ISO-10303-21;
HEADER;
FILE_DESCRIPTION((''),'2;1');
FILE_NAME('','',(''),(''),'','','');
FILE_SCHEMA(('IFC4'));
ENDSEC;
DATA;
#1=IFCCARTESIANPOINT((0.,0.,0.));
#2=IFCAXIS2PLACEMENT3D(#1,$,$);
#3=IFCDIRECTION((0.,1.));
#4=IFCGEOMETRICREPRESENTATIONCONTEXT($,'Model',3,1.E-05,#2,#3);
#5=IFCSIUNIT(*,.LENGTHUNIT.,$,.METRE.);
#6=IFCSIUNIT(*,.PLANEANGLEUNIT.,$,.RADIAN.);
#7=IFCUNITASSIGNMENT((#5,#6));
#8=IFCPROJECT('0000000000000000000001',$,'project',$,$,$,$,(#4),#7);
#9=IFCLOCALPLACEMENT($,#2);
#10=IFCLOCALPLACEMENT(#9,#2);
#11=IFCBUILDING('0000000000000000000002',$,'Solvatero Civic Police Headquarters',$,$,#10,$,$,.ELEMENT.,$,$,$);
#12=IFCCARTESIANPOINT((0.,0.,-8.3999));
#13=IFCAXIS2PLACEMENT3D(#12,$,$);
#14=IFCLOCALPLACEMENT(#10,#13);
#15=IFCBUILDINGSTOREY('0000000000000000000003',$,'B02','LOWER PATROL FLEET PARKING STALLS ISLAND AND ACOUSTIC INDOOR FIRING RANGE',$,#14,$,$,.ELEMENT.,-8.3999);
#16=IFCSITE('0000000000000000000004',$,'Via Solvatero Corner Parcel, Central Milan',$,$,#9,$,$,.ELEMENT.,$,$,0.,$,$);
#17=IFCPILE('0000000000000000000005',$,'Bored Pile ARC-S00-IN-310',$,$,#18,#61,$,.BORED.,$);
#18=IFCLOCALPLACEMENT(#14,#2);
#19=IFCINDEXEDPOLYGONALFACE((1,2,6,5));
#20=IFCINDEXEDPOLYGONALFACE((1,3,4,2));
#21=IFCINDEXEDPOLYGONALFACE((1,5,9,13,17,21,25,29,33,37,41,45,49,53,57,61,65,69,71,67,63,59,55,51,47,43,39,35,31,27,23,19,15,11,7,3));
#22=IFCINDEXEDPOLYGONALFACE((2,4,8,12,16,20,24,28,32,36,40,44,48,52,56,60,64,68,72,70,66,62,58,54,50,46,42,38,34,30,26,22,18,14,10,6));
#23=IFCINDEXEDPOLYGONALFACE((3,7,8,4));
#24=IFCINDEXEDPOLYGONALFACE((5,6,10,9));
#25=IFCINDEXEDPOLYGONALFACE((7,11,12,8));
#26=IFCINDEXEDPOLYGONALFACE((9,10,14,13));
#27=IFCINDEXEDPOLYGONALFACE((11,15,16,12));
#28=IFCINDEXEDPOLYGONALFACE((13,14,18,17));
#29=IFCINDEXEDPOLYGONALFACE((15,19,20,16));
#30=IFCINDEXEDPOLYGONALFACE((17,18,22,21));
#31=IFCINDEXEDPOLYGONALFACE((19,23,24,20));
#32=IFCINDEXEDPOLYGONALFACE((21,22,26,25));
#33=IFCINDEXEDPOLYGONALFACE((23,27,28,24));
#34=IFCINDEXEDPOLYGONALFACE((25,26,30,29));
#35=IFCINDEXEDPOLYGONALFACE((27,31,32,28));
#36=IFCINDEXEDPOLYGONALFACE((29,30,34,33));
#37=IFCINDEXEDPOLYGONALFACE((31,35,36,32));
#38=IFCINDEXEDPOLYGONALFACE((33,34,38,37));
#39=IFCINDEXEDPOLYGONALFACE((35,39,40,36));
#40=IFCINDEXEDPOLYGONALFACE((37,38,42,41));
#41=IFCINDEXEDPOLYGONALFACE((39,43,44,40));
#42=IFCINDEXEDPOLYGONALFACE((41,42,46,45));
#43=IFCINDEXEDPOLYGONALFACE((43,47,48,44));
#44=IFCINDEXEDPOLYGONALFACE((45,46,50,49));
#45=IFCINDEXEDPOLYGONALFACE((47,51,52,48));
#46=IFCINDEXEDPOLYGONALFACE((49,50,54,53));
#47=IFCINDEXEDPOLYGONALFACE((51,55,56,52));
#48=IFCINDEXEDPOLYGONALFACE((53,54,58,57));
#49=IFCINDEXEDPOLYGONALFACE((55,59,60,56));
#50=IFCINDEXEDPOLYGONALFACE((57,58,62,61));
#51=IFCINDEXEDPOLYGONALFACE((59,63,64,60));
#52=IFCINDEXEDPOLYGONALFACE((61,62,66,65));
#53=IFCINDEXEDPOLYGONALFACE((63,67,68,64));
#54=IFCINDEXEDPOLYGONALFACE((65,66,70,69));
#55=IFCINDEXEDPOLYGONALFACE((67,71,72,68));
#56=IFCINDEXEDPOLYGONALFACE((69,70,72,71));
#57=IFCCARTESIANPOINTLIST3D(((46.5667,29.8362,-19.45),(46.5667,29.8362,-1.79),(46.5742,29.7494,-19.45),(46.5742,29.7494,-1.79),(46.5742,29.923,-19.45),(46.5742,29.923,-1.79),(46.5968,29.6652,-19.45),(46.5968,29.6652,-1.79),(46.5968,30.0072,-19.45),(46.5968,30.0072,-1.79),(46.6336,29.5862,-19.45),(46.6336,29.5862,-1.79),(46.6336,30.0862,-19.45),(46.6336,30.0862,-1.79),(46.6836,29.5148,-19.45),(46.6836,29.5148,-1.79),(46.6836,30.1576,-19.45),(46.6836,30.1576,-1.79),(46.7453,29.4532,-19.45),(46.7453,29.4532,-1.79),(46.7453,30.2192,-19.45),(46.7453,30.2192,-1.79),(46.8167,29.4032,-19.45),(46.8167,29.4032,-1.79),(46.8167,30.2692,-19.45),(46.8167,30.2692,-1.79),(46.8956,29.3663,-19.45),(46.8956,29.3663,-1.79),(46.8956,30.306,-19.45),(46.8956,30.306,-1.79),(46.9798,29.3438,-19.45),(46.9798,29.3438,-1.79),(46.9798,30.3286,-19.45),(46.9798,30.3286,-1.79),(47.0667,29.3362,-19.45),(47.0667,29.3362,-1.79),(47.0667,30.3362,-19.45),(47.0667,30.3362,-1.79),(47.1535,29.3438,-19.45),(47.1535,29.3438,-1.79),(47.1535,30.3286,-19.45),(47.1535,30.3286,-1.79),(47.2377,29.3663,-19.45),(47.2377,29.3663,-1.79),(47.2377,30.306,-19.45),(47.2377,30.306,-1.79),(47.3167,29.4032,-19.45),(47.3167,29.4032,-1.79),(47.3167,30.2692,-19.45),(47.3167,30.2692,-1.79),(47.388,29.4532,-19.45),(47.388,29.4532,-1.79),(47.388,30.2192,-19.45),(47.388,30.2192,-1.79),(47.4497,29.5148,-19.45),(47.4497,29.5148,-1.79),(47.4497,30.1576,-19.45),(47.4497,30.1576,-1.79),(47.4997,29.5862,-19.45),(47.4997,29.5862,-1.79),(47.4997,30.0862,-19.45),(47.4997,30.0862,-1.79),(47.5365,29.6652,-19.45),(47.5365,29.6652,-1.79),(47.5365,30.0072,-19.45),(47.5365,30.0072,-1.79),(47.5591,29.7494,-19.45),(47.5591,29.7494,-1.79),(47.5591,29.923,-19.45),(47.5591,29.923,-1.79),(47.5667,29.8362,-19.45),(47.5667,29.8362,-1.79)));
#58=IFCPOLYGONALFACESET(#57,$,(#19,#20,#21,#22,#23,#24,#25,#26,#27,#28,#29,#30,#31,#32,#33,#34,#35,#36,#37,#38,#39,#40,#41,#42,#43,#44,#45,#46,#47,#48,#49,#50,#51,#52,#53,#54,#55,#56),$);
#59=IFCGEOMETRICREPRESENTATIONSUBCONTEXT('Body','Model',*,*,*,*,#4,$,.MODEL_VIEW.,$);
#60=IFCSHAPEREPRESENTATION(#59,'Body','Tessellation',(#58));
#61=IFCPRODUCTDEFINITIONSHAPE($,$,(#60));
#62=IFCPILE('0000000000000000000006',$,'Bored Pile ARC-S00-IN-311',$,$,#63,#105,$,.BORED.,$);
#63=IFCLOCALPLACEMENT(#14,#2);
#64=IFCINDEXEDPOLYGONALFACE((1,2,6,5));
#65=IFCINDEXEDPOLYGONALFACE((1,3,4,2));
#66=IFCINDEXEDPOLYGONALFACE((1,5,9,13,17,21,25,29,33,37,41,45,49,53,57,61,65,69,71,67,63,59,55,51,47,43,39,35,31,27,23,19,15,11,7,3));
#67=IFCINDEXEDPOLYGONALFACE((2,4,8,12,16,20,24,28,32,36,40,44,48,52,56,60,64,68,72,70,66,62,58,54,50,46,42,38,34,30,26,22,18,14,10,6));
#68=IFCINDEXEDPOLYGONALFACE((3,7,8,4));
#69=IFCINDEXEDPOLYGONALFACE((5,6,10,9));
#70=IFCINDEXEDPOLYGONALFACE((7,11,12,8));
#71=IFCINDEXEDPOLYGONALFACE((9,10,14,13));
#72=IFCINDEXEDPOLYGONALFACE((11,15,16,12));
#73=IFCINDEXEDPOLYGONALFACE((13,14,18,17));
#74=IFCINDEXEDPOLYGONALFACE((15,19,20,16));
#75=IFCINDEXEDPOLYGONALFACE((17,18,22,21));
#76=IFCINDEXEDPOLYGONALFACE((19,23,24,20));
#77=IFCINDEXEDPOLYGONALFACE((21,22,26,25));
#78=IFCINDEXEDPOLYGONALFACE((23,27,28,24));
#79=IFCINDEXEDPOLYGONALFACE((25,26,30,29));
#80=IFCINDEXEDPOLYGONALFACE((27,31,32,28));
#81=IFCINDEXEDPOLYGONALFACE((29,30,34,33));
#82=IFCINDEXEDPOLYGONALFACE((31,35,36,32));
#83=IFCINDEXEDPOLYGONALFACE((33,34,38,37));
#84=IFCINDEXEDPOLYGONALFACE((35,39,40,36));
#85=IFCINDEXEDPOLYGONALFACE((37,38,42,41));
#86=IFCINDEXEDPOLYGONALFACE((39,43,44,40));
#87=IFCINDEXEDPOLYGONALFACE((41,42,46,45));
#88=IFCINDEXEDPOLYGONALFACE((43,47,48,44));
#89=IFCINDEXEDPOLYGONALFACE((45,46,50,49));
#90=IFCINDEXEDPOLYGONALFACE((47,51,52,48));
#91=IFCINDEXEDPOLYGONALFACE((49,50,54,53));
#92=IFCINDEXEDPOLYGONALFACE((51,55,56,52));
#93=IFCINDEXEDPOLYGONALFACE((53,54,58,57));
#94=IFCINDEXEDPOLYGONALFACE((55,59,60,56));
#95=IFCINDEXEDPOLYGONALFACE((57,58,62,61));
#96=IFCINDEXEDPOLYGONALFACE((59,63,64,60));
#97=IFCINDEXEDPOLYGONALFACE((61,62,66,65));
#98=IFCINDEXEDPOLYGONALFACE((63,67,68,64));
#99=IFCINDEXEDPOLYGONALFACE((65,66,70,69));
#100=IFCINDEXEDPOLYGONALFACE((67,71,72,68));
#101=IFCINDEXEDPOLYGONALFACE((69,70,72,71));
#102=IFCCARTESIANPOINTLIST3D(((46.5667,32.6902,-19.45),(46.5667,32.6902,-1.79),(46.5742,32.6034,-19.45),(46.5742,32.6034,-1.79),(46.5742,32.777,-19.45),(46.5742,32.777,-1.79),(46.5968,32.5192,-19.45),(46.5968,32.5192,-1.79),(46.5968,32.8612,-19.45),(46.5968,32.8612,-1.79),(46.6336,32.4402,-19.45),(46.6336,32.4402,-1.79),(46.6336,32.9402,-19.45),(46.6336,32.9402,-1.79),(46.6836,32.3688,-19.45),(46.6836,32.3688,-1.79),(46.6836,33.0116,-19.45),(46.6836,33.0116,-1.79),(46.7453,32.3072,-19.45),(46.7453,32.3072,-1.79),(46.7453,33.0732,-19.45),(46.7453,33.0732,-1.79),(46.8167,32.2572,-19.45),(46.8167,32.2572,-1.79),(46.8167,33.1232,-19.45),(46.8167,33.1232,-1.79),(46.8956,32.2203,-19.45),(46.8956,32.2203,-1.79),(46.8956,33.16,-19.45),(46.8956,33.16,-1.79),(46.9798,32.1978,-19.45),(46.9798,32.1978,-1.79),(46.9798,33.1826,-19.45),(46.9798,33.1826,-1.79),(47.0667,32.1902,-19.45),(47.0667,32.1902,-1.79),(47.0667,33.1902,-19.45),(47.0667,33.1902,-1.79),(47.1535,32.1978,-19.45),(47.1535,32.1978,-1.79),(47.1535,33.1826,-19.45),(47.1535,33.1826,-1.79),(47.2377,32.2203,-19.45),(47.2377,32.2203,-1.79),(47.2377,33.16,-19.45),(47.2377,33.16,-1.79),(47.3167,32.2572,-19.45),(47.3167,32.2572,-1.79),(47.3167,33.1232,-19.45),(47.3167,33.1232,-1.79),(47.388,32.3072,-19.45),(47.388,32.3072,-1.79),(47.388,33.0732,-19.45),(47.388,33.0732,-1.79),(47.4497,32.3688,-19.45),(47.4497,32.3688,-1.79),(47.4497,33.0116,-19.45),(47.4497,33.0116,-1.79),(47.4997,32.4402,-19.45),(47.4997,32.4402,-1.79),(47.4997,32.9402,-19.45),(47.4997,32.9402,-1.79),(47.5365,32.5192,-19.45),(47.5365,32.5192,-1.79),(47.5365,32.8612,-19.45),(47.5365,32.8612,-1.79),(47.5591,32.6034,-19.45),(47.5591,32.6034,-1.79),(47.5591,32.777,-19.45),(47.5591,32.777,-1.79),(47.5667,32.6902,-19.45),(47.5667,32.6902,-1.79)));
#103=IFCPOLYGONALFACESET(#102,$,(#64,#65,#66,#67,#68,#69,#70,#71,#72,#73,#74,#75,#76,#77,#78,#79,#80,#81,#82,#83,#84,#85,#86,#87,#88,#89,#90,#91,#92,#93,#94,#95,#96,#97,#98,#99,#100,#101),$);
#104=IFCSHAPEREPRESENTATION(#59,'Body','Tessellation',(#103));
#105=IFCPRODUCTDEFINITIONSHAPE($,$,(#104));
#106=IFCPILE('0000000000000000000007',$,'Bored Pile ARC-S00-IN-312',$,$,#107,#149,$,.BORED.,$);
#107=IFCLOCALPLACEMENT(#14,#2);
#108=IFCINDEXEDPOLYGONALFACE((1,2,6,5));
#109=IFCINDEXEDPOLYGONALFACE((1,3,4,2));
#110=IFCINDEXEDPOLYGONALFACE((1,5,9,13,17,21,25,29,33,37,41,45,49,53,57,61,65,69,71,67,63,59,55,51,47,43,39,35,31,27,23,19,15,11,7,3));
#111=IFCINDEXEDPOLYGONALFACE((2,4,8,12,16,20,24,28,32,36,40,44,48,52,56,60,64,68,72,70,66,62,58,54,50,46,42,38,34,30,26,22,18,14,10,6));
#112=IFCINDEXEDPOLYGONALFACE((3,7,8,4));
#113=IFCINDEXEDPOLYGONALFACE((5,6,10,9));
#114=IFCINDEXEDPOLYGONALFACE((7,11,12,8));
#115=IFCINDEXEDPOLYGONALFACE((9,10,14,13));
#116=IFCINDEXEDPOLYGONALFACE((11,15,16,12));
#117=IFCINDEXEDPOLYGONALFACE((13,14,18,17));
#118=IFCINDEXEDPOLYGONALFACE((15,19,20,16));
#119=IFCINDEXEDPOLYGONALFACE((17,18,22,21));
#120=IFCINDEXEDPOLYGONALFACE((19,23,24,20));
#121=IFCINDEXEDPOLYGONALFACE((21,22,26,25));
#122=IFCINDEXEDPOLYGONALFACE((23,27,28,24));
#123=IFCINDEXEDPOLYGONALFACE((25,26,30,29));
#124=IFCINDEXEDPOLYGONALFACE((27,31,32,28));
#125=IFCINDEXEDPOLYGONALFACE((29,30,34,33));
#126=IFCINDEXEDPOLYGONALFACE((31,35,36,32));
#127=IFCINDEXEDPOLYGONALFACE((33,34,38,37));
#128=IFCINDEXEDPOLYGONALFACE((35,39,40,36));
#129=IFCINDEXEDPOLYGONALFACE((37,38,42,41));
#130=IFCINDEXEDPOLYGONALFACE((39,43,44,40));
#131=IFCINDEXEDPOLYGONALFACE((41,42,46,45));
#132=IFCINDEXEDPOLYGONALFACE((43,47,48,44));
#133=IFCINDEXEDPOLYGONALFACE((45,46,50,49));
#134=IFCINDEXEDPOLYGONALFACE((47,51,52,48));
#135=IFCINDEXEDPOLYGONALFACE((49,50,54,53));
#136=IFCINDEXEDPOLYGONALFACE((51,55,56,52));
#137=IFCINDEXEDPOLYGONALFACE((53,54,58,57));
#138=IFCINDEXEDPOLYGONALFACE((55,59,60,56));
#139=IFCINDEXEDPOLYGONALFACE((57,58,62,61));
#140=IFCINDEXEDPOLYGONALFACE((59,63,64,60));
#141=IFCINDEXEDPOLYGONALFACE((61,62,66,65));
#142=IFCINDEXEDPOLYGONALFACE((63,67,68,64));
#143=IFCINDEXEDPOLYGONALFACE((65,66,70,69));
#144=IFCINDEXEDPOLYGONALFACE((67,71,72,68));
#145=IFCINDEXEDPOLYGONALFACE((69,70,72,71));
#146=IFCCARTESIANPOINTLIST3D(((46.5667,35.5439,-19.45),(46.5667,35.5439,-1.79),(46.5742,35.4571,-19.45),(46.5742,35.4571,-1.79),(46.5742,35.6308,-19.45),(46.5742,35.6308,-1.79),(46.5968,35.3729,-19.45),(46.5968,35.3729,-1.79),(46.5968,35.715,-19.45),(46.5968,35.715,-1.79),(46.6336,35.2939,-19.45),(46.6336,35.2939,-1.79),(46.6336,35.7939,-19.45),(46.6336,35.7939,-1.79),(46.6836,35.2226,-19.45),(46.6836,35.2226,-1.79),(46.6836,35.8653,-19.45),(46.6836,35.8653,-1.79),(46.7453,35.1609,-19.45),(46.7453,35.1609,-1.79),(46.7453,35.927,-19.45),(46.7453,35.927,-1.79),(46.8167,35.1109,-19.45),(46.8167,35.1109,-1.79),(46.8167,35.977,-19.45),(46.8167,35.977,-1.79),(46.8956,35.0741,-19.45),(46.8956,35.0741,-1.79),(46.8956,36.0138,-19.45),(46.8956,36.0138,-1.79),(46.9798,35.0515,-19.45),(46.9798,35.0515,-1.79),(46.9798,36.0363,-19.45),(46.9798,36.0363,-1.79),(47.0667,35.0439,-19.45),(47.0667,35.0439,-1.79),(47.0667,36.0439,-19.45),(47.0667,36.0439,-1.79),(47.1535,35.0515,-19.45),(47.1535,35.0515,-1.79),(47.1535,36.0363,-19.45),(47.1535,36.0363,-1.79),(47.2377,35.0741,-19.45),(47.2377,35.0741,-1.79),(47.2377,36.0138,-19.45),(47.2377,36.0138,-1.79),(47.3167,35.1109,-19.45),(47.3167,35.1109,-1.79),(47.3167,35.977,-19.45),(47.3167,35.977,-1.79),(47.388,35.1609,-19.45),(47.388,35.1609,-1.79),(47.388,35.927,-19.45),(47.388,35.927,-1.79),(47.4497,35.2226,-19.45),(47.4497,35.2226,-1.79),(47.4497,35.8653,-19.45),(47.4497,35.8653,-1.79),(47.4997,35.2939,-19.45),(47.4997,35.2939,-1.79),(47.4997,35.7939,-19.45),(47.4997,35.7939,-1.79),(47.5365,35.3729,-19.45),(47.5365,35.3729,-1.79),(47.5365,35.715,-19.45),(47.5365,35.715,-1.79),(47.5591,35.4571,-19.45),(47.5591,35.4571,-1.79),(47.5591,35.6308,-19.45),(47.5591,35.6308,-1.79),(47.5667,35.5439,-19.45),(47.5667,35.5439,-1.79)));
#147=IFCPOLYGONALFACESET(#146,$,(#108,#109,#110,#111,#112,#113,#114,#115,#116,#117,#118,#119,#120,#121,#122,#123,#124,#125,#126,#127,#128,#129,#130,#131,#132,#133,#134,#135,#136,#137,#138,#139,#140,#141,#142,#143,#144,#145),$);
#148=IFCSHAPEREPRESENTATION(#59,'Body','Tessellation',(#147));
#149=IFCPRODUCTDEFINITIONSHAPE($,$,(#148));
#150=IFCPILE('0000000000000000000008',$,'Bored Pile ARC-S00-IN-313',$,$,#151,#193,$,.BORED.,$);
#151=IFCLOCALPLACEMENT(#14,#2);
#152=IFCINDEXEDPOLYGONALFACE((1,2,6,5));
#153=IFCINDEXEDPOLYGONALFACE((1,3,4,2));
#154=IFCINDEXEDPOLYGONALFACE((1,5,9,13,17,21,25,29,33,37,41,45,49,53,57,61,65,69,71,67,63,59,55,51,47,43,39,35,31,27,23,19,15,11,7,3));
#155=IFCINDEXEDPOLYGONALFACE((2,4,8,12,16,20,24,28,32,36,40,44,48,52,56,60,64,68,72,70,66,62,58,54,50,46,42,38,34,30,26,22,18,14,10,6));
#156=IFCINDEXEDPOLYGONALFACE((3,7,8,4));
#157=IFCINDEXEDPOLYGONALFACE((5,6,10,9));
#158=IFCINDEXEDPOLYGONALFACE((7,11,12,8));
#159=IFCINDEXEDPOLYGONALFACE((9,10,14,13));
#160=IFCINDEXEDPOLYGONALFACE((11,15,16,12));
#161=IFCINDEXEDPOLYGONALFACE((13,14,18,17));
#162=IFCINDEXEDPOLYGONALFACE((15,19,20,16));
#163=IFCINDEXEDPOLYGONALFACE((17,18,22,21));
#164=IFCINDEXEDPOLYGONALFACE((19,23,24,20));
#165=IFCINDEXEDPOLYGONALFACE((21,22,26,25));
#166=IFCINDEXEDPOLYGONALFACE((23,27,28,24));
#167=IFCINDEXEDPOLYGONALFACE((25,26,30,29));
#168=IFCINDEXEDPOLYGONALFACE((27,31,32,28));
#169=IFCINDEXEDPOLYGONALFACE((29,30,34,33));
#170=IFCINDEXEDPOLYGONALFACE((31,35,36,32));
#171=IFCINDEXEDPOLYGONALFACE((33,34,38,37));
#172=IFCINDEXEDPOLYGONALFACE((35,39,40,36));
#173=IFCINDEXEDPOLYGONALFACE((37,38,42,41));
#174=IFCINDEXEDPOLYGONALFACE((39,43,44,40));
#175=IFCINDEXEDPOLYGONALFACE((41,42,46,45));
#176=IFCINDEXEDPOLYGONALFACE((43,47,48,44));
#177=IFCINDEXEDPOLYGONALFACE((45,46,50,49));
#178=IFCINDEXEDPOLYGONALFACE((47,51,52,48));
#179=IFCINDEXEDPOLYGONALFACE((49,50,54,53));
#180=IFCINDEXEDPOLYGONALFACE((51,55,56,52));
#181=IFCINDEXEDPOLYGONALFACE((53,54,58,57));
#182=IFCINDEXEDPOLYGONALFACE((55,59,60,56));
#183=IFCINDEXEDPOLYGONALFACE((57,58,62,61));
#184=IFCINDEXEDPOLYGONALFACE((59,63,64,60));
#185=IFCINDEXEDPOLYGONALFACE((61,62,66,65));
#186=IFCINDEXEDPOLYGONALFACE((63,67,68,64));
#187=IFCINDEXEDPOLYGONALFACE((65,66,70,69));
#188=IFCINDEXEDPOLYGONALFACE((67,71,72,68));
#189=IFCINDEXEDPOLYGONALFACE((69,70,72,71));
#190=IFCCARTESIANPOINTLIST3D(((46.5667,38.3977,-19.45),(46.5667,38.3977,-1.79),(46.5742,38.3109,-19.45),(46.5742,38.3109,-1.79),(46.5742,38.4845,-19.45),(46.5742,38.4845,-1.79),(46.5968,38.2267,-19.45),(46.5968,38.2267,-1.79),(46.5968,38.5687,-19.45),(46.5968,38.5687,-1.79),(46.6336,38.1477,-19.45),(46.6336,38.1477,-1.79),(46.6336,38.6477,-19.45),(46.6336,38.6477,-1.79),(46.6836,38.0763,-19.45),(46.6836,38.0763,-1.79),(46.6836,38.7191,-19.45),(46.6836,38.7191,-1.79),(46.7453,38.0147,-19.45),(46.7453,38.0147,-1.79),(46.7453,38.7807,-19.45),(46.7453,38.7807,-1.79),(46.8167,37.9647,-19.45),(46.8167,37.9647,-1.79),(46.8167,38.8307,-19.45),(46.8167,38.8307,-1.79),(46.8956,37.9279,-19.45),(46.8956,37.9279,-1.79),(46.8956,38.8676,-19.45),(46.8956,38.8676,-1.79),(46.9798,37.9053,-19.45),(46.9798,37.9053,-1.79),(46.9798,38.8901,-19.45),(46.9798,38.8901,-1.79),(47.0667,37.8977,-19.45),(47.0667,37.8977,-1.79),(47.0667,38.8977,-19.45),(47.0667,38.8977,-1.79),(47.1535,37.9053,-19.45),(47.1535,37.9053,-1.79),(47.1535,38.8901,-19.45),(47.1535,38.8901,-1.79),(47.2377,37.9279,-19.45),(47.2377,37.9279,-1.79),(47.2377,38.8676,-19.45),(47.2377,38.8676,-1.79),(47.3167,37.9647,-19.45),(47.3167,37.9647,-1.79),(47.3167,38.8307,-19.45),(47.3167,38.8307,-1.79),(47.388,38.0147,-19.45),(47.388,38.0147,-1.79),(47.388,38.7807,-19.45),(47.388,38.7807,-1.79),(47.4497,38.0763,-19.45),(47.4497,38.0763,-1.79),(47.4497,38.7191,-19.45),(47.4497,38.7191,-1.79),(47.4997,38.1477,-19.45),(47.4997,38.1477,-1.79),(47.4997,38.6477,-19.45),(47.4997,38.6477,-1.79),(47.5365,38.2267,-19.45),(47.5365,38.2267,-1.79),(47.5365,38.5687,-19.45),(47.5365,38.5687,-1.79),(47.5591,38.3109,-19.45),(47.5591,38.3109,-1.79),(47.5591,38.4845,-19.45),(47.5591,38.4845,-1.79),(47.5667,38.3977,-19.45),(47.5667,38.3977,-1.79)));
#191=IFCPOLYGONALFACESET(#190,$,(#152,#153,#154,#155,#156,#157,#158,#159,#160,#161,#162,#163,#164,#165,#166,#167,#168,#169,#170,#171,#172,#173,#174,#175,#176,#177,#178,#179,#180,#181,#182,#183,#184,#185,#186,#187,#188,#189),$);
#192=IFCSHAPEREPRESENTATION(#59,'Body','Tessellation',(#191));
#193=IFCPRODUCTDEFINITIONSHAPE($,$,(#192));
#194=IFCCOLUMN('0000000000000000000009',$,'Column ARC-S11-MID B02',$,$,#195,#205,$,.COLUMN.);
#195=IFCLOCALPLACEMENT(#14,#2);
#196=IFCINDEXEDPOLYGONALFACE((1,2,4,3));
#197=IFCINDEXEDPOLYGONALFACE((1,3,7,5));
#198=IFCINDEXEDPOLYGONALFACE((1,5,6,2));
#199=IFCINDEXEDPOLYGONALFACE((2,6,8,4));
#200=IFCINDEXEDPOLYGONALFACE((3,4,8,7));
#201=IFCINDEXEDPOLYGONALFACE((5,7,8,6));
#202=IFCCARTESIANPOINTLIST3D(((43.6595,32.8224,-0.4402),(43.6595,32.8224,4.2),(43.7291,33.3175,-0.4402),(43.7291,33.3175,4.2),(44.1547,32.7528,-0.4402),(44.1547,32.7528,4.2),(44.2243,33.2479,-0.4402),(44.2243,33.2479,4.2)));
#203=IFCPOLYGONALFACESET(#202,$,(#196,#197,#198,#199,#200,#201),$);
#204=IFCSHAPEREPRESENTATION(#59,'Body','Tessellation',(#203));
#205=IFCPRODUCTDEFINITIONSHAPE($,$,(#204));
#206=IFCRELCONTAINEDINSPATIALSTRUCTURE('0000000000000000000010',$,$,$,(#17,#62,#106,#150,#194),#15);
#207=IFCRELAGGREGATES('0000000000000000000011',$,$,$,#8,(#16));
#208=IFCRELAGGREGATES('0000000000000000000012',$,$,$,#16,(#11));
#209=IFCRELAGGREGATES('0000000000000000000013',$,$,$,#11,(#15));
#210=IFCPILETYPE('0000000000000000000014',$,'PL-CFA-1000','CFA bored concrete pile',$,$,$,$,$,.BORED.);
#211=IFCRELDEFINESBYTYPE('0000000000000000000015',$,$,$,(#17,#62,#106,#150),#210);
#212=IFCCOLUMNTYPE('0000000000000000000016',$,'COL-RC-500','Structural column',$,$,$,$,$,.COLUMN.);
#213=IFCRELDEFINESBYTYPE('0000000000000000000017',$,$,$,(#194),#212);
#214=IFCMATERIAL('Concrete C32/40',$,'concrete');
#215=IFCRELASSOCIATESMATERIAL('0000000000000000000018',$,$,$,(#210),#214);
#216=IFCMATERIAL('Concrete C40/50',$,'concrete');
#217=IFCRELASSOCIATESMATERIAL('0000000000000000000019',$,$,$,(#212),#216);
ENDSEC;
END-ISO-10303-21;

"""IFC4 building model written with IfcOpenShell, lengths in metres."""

from ifc_helpers import new_model, si_unit, direction, frame, origin, origin_2d, place, context, subcontext, project, spatial, rectangle, circle, extrude, material, material_profile, profile_set, type_object, element, save


model = new_model("IFC4")

# Units and contexts
model_context = context("Model", 3, precision=1e-05, world=origin(), true_north=direction((0.0, 1.0)))
body_context = subcontext(model_context, "Body", "Model", "MODEL_VIEW")
ifc_project = project(units=[si_unit("LENGTHUNIT", "METRE"), si_unit("PLANEANGLEUNIT", "RADIAN")], contexts=[model_context])

# Site, building, storey
site_placement = place(None, origin())
site = spatial("IfcSite", under=ifc_project, at=site_placement, Name="Via Solvatero Corner Parcel, Central Milan", CompositionType="ELEMENT", RefElevation=0.0)
building_placement = place(site_placement, origin())
building = spatial("IfcBuilding", under=site, at=building_placement, Name="Solvatero Civic Police Headquarters", CompositionType="ELEMENT")
storey_placement = place(building_placement, frame((0.0, 0.0, -8.3999)))
storey = spatial("IfcBuildingStorey", under=building, at=storey_placement, Name="B02", Description="LOWER PATROL FLEET PARKING STALLS ISLAND AND ACOUSTIC INDOOR FIRING RANGE", CompositionType="ELEMENT", Elevation=-8.3999)

# Piles
ifc_material_1 = material(Name="Concrete C32/40", Category="concrete")
ifc_material_profile_1 = material_profile(ifc_material_1, circle(Radius=0.5, at=origin_2d()), Name="CFA PILE D1000")
ifc_profile_set_1 = profile_set([ifc_material_profile_1], Name="Concrete C32/40")
pile_type = type_object("IfcPileType", Name="PL-CFA-1000", Description="CFA bored concrete pile", PredefinedType="BORED", material=ifc_profile_set_1)
for number, where, z_axis, x_axis, name in (
    (1, (47.0667, 29.8362, -1.79), (0.0, 0.0, -1.0), (1.0, 0.0, 0.0), "Bored Pile ARC-S00-IN-310"),
    (2, (47.0667, 32.6902, -1.79), (0.0, 0.0, -1.0), (1.0, 0.0, 0.0), "Bored Pile ARC-S00-IN-311"),
    (3, (47.0667, 35.5439, -1.79), (0.0, 0.0, -1.0), (1.0, 0.0, 0.0), "Bored Pile ARC-S00-IN-312"),
    (4, (47.0667, 38.3977, -1.79), (0.0, 0.0, -1.0), (1.0, 0.0, 0.0), "Bored Pile ARC-S00-IN-313"),
):
    element("IfcPile", number, at=place(storey_placement, frame(where, z_axis=z_axis, x_axis=x_axis)), inside=storey, type_object=pile_type, Name=name, PredefinedType="BORED", context=body_context, shape_type="SweptSolid", body=[
        extrude(circle(Radius=0.5, at=origin_2d()), origin(), (0.0, 0.0, 1.0), 17.6599),
    ])

# Column
ifc_material_2 = material(Name="Concrete C40/50", Category="concrete")
ifc_material_profile_2 = material_profile(ifc_material_2, rectangle(XDim=0.5, YDim=0.5, at=origin_2d()), Name="RC 500x500")
ifc_profile_set_2 = profile_set([ifc_material_profile_2], Name="Concrete C40/50")
column_type_1 = type_object("IfcColumnType", Name="COL-RC-500", Description="Structural column", PredefinedType="COLUMN", material=ifc_profile_set_2)
column_1_placement = place(storey_placement, frame((43.9419, 33.0352, -0.4402), z_axis=(0.0, 0.0, 1.0), x_axis=(0.139173, 0.990268, 0.0)))
element("IfcColumn", 5, at=column_1_placement, inside=storey, type_object=column_type_1, Name="Column ARC-S11-MID B02", PredefinedType="COLUMN", context=body_context, shape_type="SweptSolid", body=[
    extrude(rectangle(XDim=0.5, YDim=0.5, at=origin_2d()), origin(), (0.0, 0.0, 1.0), 4.6401),
])

save(model, "model.ifc")
